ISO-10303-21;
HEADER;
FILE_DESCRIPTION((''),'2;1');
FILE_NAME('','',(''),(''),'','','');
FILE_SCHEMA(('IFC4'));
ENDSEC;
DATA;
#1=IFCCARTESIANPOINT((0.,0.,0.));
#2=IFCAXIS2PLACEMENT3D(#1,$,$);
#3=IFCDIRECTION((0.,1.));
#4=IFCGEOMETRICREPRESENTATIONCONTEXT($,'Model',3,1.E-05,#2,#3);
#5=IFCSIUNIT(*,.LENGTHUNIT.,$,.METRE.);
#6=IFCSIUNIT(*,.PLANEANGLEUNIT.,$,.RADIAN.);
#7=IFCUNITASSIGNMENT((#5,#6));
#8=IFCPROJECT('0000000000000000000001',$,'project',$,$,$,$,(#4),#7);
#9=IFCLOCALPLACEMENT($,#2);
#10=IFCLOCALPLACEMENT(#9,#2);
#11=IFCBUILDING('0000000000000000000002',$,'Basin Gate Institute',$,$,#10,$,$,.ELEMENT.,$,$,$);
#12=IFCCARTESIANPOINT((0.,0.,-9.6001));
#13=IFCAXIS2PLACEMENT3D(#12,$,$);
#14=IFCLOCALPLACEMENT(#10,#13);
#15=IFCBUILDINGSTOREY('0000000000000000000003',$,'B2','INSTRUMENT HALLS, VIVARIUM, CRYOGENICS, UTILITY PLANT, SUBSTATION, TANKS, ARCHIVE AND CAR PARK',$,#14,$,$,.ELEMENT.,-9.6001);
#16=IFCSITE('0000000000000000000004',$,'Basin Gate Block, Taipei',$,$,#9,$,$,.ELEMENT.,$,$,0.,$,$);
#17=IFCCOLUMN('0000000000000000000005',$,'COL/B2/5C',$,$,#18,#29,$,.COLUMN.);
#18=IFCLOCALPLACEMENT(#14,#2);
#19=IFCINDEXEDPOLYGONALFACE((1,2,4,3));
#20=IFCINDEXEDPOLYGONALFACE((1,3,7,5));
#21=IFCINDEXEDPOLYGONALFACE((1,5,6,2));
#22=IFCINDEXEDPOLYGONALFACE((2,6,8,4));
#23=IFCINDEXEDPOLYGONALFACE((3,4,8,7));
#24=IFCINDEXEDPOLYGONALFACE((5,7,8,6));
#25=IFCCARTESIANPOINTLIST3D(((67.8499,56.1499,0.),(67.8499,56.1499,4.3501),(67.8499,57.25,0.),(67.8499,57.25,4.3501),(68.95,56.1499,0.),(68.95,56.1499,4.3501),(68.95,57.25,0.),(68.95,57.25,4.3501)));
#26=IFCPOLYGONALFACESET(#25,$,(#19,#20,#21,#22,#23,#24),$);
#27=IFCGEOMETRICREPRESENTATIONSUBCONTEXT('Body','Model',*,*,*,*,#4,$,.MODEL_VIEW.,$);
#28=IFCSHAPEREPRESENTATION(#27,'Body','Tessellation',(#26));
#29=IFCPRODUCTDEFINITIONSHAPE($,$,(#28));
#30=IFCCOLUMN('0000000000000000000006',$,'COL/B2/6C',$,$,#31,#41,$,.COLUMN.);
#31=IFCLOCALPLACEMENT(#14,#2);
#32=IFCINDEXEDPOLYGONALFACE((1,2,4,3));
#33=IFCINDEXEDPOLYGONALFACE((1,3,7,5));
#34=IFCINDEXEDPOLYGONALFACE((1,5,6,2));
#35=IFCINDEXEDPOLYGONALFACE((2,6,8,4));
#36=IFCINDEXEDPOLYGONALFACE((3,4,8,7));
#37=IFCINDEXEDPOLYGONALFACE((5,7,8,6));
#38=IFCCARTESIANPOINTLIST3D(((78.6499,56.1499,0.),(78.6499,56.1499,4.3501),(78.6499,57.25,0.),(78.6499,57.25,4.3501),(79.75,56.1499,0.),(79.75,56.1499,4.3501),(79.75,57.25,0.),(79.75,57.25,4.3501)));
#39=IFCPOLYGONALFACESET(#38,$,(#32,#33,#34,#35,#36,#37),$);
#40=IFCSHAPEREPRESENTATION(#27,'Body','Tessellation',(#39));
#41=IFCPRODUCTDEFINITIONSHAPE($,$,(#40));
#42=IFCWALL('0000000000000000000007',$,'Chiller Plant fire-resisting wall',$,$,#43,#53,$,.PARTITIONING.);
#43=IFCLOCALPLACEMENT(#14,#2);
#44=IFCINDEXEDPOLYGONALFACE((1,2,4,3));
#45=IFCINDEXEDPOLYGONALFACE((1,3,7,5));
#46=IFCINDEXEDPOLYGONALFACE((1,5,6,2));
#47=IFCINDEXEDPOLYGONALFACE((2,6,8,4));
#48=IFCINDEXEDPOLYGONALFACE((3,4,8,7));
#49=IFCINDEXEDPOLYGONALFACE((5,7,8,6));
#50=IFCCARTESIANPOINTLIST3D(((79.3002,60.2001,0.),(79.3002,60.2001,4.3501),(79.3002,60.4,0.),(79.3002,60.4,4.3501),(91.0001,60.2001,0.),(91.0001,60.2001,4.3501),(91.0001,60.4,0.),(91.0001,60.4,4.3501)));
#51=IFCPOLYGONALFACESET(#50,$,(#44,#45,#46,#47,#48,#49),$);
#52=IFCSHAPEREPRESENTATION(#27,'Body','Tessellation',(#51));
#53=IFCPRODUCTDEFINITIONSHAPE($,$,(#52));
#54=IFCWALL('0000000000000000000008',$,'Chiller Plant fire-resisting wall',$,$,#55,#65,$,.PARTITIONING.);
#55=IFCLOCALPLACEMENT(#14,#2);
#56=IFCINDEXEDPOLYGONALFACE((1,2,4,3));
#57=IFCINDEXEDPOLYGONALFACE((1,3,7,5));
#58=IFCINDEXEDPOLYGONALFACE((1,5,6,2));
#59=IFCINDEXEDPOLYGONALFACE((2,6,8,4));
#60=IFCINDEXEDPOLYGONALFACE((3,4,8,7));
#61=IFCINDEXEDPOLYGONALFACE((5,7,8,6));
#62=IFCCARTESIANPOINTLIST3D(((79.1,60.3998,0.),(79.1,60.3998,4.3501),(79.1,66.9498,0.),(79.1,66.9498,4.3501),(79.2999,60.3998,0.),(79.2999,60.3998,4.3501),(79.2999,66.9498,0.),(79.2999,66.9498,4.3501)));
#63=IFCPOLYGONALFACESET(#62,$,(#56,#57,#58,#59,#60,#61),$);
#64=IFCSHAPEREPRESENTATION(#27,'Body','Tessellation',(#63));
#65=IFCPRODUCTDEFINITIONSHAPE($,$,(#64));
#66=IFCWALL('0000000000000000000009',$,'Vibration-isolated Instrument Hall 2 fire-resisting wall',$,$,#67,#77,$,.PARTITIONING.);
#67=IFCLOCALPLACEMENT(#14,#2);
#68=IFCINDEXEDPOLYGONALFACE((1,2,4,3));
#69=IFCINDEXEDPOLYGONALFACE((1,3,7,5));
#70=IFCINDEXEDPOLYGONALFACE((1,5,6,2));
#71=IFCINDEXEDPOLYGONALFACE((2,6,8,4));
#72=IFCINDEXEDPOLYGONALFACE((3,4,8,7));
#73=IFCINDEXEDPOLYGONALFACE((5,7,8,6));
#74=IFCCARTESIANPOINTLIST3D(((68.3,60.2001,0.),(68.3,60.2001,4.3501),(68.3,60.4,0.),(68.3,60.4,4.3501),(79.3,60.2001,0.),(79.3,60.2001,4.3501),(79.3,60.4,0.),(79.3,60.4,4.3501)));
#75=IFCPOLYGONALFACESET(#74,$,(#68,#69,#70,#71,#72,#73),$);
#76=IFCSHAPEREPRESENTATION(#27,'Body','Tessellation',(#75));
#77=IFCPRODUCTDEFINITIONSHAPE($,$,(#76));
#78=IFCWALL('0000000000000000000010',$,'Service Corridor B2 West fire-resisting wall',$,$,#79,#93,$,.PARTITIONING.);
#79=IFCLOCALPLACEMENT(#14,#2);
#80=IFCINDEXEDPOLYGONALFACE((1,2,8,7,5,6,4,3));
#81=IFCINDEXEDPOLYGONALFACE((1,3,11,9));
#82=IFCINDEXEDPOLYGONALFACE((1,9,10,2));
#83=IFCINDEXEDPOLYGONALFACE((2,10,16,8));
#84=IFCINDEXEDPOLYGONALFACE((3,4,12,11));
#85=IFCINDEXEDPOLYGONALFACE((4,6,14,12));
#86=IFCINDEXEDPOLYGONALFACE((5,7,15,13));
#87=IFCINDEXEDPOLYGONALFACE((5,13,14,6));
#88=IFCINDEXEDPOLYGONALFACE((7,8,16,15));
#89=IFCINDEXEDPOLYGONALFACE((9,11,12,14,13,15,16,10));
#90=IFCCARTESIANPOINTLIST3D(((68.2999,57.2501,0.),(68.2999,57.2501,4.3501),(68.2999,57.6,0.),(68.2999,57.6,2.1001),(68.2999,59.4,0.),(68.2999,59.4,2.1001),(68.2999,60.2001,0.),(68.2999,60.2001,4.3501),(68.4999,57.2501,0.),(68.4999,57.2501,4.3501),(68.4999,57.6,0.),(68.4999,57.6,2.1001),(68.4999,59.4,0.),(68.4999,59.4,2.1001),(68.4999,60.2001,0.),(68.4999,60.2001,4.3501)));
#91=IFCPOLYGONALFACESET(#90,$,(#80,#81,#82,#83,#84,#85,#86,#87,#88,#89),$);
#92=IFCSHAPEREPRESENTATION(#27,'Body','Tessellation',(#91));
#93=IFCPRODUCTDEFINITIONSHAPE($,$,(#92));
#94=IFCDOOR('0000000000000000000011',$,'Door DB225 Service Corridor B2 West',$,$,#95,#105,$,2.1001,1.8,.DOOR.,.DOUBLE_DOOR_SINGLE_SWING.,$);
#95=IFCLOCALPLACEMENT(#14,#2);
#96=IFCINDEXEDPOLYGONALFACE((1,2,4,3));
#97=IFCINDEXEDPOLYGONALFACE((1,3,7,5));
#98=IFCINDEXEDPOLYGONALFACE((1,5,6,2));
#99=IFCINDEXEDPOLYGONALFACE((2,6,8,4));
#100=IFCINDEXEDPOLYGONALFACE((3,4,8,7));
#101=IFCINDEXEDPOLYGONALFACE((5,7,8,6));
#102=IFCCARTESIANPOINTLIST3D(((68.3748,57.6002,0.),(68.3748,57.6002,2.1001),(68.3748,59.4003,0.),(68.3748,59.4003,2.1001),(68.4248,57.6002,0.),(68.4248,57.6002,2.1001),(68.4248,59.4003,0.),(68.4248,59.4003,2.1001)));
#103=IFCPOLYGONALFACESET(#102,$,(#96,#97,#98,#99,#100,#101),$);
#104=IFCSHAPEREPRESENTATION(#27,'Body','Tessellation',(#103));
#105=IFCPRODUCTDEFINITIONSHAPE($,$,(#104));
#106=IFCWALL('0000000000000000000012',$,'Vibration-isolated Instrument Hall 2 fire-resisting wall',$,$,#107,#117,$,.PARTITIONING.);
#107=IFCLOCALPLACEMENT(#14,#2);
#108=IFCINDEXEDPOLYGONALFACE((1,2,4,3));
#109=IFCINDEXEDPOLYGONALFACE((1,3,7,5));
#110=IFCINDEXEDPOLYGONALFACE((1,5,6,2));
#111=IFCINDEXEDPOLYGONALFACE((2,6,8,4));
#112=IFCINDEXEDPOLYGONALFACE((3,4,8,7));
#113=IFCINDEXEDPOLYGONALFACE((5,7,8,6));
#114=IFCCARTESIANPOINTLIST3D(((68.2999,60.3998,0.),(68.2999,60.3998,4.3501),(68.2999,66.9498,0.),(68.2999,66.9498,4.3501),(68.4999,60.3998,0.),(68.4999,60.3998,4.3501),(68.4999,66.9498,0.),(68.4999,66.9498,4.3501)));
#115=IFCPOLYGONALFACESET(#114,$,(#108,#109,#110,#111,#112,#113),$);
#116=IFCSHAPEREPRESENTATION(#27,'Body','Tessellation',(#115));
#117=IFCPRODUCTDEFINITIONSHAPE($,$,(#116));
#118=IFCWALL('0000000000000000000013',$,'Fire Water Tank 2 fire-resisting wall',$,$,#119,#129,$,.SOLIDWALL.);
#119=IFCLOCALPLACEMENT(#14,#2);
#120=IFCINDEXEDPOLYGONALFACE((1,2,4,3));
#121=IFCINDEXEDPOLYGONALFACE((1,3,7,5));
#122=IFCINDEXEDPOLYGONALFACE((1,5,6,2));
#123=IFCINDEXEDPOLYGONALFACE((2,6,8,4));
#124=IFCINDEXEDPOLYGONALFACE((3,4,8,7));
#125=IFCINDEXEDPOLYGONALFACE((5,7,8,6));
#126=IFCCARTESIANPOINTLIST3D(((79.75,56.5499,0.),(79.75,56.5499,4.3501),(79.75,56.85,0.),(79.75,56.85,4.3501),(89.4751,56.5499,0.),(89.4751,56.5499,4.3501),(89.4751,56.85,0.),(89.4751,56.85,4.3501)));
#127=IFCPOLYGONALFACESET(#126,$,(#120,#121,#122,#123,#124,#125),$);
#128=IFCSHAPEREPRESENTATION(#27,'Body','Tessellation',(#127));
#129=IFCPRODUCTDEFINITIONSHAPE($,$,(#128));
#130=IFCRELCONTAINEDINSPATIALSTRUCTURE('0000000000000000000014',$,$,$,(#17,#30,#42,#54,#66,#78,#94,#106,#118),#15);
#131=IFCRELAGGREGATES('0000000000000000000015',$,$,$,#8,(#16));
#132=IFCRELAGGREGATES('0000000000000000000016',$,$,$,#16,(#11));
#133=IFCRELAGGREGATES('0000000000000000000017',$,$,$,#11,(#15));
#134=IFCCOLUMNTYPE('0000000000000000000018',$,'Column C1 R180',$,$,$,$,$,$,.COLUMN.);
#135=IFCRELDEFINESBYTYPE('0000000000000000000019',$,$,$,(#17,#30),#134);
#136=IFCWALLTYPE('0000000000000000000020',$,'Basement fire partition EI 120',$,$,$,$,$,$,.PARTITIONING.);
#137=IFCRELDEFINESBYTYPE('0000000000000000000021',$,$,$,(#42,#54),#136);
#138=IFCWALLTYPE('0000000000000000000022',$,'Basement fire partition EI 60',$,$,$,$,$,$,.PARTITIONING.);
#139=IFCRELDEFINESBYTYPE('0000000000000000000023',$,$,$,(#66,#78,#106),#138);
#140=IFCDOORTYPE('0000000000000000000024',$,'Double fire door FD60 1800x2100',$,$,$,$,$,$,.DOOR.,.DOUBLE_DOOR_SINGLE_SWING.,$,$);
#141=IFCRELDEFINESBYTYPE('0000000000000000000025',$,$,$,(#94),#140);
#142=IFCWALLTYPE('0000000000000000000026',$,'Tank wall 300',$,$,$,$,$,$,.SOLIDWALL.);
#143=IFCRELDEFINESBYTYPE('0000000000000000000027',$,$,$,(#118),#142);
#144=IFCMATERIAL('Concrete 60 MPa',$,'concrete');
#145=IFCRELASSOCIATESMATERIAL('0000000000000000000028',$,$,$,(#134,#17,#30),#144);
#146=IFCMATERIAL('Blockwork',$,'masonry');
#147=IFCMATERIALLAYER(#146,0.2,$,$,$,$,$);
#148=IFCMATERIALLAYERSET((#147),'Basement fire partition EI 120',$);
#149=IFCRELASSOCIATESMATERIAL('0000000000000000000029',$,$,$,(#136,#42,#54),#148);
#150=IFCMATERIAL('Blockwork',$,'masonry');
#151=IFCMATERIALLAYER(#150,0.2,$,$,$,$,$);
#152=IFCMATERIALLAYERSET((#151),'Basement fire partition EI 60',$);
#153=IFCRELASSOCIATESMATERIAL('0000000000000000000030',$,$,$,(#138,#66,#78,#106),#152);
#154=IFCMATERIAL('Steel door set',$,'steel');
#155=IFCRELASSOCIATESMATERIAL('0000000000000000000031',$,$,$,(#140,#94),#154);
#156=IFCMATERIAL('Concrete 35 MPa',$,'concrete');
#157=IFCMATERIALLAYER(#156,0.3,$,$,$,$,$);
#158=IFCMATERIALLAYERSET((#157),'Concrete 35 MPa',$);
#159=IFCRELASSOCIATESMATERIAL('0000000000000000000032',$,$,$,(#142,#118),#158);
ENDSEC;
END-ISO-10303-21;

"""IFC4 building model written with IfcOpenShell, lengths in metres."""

from ifc_helpers import new_model, si_unit, direction, frame, frame_2d, origin, origin_2d, place, context, subcontext, project, spatial, rectangle, extrude, material, layer, layer_set, material_profile, profile_set, type_object, element, fill, save


model = new_model("IFC4")

# Units and contexts
model_context = context("Model", 3, precision=1e-05, world=origin(), true_north=direction((0.0, 1.0)))
body_context = subcontext(model_context, "Body", "Model", "MODEL_VIEW")
ifc_project = project(units=[si_unit("LENGTHUNIT", "METRE"), si_unit("PLANEANGLEUNIT", "RADIAN")], contexts=[model_context])

# Site, building, storey
site_placement = place(None, origin())
site = spatial("IfcSite", under=ifc_project, at=site_placement, Name="Basin Gate Block, Taipei", CompositionType="ELEMENT", RefElevation=0.0)
building_placement = place(site_placement, origin())
building = spatial("IfcBuilding", under=site, at=building_placement, Name="Basin Gate Institute", CompositionType="ELEMENT")
storey_placement = place(building_placement, frame((0.0, 0.0, -9.6001)))
storey = spatial("IfcBuildingStorey", under=building, at=storey_placement, Name="B2", Description="INSTRUMENT HALLS, VIVARIUM, CRYOGENICS, UTILITY PLANT, SUBSTATION, TANKS, ARCHIVE AND CAR PARK", CompositionType="ELEMENT", Elevation=-9.6001)

# Columns
ifc_material_1 = material(Name="Concrete 60 MPa", Category="concrete")
ifc_material_profile_1 = material_profile(ifc_material_1, rectangle(XDim=1.1001, YDim=1.1001, at=origin_2d()), Name="Column C1 1100 x 1100")
ifc_profile_set_1 = profile_set([ifc_material_profile_1], Name="Concrete 60 MPa")
column_type = type_object("IfcColumnType", Name="Column C1 R180", PredefinedType="COLUMN", material=ifc_profile_set_1)
for number, where, z_axis, x_axis, name in (
    (1, (68.3999, 56.7, 0.0), (0.0, 0.0, 1.0), (1.0, 0.0, 0.0), "COL/B2/5C"),
    (2, (79.2, 56.7, 0.0), (0.0, 0.0, 1.0), (1.0, 0.0, 0.0), "COL/B2/6C"),
):
    element("IfcColumn", number, at=place(storey_placement, frame(where, z_axis=z_axis, x_axis=x_axis)), inside=storey, type_object=column_type, material=ifc_profile_set_1, Name=name, PredefinedType="COLUMN", context=body_context, shape_type="SweptSolid", body=[
        extrude(rectangle(XDim=1.1001, YDim=1.1001, at=origin_2d()), origin(), (0.0, 0.0, 1.0), 4.3501),
    ])

# Walls
ifc_material_2 = material(Name="Blockwork", Category="masonry")
ifc_layer_1 = layer(ifc_material_2, 0.2)
ifc_layer_set_1 = layer_set([ifc_layer_1], Name="Basement fire partition EI 120")
wall_type_1 = type_object("IfcWallType", Name="Basement fire partition EI 120", PredefinedType="PARTITIONING", material=ifc_layer_set_1)
wall_1_placement = place(storey_placement, frame((79.3, 60.3, 0.0), z_axis=(0.0, 0.0, 1.0), x_axis=(1.0, 0.0, 0.0)))
element("IfcWall", 3, at=wall_1_placement, inside=storey, type_object=wall_type_1, material=ifc_layer_set_1, Name="Chiller Plant fire-resisting wall", PredefinedType="PARTITIONING", context=body_context, shape_type="SweptSolid", body=[
    extrude(rectangle(XDim=11.7, YDim=0.2, at=frame_2d((5.8501, 0.0))), origin(), (0.0, 0.0, 1.0), 4.3501),
])
wall_2_placement = place(storey_placement, frame((79.2, 60.3999, 0.0), z_axis=(0.0, 0.0, 1.0), x_axis=(0.0, 1.0, 0.0)))
element("IfcWall", 4, at=wall_2_placement, inside=storey, type_object=wall_type_1, material=ifc_layer_set_1, Name="Chiller Plant fire-resisting wall", PredefinedType="PARTITIONING", context=body_context, shape_type="SweptSolid", body=[
    extrude(rectangle(XDim=6.55, YDim=0.2, at=frame_2d((3.2749, 0.0))), origin(), (0.0, 0.0, 1.0), 4.3501),
])
ifc_material_3 = material(Name="Blockwork", Category="masonry")
ifc_layer_2 = layer(ifc_material_3, 0.2)
ifc_layer_set_2 = layer_set([ifc_layer_2], Name="Basement fire partition EI 60")
wall_type_2 = type_object("IfcWallType", Name="Basement fire partition EI 60", PredefinedType="PARTITIONING", material=ifc_layer_set_2)
wall_3_placement = place(storey_placement, frame((68.3, 60.3, 0.0), z_axis=(0.0, 0.0, 1.0), x_axis=(1.0, 0.0, 0.0)))
element("IfcWall", 5, at=wall_3_placement, inside=storey, type_object=wall_type_2, material=ifc_layer_set_2, Name="Vibration-isolated Instrument Hall 2 fire-resisting wall", PredefinedType="PARTITIONING", context=body_context, shape_type="SweptSolid", body=[
    extrude(rectangle(XDim=11.0, YDim=0.2, at=frame_2d((5.5, 0.0))), origin(), (0.0, 0.0, 1.0), 4.3501),
])

# Wall, opening, door
wall_4_placement = place(storey_placement, frame((68.3999, 57.25, 0.0), z_axis=(0.0, 0.0, 1.0), x_axis=(0.0, 1.0, 0.0)))
wall_4 = element("IfcWall", 6, at=wall_4_placement, inside=storey, type_object=wall_type_2, material=ifc_layer_set_2, Name="Service Corridor B2 West fire-resisting wall", PredefinedType="PARTITIONING", context=body_context, shape_type="SweptSolid", body=[
    extrude(rectangle(XDim=2.95, YDim=0.2, at=frame_2d((1.4751, 0.0))), origin(), (0.0, 0.0, 1.0), 4.3501),
])
opening_1_placement = place(wall_4_placement, frame((0.3501, 0.0, 0.0)))
opening_1 = element("IfcOpeningElement", 7, at=opening_1_placement, cuts=wall_4, PredefinedType="OPENING", context=body_context, shape_type="SweptSolid", body=[
    extrude(rectangle(XDim=1.8, YDim=2.1001, at=frame_2d((0.8999, 1.05))), frame((0.0, 0.1099, 0.0), z_axis=(0.0, -1.0, 0.0), x_axis=(1.0, 0.0, 0.0)), (0.0, 0.0, 1.0), 0.22),
])
ifc_material_4 = material(Name="Steel door set", Category="steel")
door_type_1 = type_object("IfcDoorType", Name="Double fire door FD60 1800x2100", OperationType="DOUBLE_DOOR_SINGLE_SWING", PredefinedType="DOOR", material=ifc_material_4)
door_1_placement = place(opening_1_placement, frame((1.8, 0.0, 0.0), z_axis=(0.0, 0.0, 1.0), x_axis=(-1.0, 0.0, 0.0)))
door_1 = element("IfcDoor", 8, at=door_1_placement, inside=storey, type_object=door_type_1, material=ifc_material_4, Name="Door DB225 Service Corridor B2 West", OperationType="DOUBLE_DOOR_SINGLE_SWING", OverallHeight=2.1001, OverallWidth=1.8, PredefinedType="DOOR", context=body_context, shape_type="SweptSolid", body=[
    extrude(rectangle(XDim=1.8, YDim=2.1001, at=frame_2d((0.8999, 1.05))), frame((0.0, 0.0249, 0.0), z_axis=(0.0, -1.0, 0.0), x_axis=(1.0, 0.0, 0.0)), (0.0, 0.0, 1.0), 0.05),
])
fill(opening_1, door_1)

# Walls
wall_5_placement = place(storey_placement, frame((68.3999, 60.3999, 0.0), z_axis=(0.0, 0.0, 1.0), x_axis=(0.0, 1.0, 0.0)))
element("IfcWall", 9, at=wall_5_placement, inside=storey, type_object=wall_type_2, material=ifc_layer_set_2, Name="Vibration-isolated Instrument Hall 2 fire-resisting wall", PredefinedType="PARTITIONING", context=body_context, shape_type="SweptSolid", body=[
    extrude(rectangle(XDim=6.55, YDim=0.2, at=frame_2d((3.2749, 0.0))), origin(), (0.0, 0.0, 1.0), 4.3501),
])
ifc_material_5 = material(Name="Concrete 35 MPa", Category="concrete")
ifc_layer_3 = layer(ifc_material_5, 0.3)
ifc_layer_set_3 = layer_set([ifc_layer_3], Name="Concrete 35 MPa")
wall_type_3 = type_object("IfcWallType", Name="Tank wall 300", PredefinedType="SOLIDWALL", material=ifc_layer_set_3)
wall_6_placement = place(storey_placement, frame((79.75, 56.7, 0.0), z_axis=(0.0, 0.0, 1.0), x_axis=(1.0, 0.0, 0.0)))
element("IfcWall", 10, at=wall_6_placement, inside=storey, type_object=wall_type_3, material=ifc_layer_set_3, Name="Fire Water Tank 2 fire-resisting wall", PredefinedType="SOLIDWALL", context=body_context, shape_type="SweptSolid", body=[
    extrude(rectangle(XDim=9.7251, YDim=0.3, at=frame_2d((4.8625, 0.0))), origin(), (0.0, 0.0, 1.0), 4.3501),
])

save(model, "model.ifc")
